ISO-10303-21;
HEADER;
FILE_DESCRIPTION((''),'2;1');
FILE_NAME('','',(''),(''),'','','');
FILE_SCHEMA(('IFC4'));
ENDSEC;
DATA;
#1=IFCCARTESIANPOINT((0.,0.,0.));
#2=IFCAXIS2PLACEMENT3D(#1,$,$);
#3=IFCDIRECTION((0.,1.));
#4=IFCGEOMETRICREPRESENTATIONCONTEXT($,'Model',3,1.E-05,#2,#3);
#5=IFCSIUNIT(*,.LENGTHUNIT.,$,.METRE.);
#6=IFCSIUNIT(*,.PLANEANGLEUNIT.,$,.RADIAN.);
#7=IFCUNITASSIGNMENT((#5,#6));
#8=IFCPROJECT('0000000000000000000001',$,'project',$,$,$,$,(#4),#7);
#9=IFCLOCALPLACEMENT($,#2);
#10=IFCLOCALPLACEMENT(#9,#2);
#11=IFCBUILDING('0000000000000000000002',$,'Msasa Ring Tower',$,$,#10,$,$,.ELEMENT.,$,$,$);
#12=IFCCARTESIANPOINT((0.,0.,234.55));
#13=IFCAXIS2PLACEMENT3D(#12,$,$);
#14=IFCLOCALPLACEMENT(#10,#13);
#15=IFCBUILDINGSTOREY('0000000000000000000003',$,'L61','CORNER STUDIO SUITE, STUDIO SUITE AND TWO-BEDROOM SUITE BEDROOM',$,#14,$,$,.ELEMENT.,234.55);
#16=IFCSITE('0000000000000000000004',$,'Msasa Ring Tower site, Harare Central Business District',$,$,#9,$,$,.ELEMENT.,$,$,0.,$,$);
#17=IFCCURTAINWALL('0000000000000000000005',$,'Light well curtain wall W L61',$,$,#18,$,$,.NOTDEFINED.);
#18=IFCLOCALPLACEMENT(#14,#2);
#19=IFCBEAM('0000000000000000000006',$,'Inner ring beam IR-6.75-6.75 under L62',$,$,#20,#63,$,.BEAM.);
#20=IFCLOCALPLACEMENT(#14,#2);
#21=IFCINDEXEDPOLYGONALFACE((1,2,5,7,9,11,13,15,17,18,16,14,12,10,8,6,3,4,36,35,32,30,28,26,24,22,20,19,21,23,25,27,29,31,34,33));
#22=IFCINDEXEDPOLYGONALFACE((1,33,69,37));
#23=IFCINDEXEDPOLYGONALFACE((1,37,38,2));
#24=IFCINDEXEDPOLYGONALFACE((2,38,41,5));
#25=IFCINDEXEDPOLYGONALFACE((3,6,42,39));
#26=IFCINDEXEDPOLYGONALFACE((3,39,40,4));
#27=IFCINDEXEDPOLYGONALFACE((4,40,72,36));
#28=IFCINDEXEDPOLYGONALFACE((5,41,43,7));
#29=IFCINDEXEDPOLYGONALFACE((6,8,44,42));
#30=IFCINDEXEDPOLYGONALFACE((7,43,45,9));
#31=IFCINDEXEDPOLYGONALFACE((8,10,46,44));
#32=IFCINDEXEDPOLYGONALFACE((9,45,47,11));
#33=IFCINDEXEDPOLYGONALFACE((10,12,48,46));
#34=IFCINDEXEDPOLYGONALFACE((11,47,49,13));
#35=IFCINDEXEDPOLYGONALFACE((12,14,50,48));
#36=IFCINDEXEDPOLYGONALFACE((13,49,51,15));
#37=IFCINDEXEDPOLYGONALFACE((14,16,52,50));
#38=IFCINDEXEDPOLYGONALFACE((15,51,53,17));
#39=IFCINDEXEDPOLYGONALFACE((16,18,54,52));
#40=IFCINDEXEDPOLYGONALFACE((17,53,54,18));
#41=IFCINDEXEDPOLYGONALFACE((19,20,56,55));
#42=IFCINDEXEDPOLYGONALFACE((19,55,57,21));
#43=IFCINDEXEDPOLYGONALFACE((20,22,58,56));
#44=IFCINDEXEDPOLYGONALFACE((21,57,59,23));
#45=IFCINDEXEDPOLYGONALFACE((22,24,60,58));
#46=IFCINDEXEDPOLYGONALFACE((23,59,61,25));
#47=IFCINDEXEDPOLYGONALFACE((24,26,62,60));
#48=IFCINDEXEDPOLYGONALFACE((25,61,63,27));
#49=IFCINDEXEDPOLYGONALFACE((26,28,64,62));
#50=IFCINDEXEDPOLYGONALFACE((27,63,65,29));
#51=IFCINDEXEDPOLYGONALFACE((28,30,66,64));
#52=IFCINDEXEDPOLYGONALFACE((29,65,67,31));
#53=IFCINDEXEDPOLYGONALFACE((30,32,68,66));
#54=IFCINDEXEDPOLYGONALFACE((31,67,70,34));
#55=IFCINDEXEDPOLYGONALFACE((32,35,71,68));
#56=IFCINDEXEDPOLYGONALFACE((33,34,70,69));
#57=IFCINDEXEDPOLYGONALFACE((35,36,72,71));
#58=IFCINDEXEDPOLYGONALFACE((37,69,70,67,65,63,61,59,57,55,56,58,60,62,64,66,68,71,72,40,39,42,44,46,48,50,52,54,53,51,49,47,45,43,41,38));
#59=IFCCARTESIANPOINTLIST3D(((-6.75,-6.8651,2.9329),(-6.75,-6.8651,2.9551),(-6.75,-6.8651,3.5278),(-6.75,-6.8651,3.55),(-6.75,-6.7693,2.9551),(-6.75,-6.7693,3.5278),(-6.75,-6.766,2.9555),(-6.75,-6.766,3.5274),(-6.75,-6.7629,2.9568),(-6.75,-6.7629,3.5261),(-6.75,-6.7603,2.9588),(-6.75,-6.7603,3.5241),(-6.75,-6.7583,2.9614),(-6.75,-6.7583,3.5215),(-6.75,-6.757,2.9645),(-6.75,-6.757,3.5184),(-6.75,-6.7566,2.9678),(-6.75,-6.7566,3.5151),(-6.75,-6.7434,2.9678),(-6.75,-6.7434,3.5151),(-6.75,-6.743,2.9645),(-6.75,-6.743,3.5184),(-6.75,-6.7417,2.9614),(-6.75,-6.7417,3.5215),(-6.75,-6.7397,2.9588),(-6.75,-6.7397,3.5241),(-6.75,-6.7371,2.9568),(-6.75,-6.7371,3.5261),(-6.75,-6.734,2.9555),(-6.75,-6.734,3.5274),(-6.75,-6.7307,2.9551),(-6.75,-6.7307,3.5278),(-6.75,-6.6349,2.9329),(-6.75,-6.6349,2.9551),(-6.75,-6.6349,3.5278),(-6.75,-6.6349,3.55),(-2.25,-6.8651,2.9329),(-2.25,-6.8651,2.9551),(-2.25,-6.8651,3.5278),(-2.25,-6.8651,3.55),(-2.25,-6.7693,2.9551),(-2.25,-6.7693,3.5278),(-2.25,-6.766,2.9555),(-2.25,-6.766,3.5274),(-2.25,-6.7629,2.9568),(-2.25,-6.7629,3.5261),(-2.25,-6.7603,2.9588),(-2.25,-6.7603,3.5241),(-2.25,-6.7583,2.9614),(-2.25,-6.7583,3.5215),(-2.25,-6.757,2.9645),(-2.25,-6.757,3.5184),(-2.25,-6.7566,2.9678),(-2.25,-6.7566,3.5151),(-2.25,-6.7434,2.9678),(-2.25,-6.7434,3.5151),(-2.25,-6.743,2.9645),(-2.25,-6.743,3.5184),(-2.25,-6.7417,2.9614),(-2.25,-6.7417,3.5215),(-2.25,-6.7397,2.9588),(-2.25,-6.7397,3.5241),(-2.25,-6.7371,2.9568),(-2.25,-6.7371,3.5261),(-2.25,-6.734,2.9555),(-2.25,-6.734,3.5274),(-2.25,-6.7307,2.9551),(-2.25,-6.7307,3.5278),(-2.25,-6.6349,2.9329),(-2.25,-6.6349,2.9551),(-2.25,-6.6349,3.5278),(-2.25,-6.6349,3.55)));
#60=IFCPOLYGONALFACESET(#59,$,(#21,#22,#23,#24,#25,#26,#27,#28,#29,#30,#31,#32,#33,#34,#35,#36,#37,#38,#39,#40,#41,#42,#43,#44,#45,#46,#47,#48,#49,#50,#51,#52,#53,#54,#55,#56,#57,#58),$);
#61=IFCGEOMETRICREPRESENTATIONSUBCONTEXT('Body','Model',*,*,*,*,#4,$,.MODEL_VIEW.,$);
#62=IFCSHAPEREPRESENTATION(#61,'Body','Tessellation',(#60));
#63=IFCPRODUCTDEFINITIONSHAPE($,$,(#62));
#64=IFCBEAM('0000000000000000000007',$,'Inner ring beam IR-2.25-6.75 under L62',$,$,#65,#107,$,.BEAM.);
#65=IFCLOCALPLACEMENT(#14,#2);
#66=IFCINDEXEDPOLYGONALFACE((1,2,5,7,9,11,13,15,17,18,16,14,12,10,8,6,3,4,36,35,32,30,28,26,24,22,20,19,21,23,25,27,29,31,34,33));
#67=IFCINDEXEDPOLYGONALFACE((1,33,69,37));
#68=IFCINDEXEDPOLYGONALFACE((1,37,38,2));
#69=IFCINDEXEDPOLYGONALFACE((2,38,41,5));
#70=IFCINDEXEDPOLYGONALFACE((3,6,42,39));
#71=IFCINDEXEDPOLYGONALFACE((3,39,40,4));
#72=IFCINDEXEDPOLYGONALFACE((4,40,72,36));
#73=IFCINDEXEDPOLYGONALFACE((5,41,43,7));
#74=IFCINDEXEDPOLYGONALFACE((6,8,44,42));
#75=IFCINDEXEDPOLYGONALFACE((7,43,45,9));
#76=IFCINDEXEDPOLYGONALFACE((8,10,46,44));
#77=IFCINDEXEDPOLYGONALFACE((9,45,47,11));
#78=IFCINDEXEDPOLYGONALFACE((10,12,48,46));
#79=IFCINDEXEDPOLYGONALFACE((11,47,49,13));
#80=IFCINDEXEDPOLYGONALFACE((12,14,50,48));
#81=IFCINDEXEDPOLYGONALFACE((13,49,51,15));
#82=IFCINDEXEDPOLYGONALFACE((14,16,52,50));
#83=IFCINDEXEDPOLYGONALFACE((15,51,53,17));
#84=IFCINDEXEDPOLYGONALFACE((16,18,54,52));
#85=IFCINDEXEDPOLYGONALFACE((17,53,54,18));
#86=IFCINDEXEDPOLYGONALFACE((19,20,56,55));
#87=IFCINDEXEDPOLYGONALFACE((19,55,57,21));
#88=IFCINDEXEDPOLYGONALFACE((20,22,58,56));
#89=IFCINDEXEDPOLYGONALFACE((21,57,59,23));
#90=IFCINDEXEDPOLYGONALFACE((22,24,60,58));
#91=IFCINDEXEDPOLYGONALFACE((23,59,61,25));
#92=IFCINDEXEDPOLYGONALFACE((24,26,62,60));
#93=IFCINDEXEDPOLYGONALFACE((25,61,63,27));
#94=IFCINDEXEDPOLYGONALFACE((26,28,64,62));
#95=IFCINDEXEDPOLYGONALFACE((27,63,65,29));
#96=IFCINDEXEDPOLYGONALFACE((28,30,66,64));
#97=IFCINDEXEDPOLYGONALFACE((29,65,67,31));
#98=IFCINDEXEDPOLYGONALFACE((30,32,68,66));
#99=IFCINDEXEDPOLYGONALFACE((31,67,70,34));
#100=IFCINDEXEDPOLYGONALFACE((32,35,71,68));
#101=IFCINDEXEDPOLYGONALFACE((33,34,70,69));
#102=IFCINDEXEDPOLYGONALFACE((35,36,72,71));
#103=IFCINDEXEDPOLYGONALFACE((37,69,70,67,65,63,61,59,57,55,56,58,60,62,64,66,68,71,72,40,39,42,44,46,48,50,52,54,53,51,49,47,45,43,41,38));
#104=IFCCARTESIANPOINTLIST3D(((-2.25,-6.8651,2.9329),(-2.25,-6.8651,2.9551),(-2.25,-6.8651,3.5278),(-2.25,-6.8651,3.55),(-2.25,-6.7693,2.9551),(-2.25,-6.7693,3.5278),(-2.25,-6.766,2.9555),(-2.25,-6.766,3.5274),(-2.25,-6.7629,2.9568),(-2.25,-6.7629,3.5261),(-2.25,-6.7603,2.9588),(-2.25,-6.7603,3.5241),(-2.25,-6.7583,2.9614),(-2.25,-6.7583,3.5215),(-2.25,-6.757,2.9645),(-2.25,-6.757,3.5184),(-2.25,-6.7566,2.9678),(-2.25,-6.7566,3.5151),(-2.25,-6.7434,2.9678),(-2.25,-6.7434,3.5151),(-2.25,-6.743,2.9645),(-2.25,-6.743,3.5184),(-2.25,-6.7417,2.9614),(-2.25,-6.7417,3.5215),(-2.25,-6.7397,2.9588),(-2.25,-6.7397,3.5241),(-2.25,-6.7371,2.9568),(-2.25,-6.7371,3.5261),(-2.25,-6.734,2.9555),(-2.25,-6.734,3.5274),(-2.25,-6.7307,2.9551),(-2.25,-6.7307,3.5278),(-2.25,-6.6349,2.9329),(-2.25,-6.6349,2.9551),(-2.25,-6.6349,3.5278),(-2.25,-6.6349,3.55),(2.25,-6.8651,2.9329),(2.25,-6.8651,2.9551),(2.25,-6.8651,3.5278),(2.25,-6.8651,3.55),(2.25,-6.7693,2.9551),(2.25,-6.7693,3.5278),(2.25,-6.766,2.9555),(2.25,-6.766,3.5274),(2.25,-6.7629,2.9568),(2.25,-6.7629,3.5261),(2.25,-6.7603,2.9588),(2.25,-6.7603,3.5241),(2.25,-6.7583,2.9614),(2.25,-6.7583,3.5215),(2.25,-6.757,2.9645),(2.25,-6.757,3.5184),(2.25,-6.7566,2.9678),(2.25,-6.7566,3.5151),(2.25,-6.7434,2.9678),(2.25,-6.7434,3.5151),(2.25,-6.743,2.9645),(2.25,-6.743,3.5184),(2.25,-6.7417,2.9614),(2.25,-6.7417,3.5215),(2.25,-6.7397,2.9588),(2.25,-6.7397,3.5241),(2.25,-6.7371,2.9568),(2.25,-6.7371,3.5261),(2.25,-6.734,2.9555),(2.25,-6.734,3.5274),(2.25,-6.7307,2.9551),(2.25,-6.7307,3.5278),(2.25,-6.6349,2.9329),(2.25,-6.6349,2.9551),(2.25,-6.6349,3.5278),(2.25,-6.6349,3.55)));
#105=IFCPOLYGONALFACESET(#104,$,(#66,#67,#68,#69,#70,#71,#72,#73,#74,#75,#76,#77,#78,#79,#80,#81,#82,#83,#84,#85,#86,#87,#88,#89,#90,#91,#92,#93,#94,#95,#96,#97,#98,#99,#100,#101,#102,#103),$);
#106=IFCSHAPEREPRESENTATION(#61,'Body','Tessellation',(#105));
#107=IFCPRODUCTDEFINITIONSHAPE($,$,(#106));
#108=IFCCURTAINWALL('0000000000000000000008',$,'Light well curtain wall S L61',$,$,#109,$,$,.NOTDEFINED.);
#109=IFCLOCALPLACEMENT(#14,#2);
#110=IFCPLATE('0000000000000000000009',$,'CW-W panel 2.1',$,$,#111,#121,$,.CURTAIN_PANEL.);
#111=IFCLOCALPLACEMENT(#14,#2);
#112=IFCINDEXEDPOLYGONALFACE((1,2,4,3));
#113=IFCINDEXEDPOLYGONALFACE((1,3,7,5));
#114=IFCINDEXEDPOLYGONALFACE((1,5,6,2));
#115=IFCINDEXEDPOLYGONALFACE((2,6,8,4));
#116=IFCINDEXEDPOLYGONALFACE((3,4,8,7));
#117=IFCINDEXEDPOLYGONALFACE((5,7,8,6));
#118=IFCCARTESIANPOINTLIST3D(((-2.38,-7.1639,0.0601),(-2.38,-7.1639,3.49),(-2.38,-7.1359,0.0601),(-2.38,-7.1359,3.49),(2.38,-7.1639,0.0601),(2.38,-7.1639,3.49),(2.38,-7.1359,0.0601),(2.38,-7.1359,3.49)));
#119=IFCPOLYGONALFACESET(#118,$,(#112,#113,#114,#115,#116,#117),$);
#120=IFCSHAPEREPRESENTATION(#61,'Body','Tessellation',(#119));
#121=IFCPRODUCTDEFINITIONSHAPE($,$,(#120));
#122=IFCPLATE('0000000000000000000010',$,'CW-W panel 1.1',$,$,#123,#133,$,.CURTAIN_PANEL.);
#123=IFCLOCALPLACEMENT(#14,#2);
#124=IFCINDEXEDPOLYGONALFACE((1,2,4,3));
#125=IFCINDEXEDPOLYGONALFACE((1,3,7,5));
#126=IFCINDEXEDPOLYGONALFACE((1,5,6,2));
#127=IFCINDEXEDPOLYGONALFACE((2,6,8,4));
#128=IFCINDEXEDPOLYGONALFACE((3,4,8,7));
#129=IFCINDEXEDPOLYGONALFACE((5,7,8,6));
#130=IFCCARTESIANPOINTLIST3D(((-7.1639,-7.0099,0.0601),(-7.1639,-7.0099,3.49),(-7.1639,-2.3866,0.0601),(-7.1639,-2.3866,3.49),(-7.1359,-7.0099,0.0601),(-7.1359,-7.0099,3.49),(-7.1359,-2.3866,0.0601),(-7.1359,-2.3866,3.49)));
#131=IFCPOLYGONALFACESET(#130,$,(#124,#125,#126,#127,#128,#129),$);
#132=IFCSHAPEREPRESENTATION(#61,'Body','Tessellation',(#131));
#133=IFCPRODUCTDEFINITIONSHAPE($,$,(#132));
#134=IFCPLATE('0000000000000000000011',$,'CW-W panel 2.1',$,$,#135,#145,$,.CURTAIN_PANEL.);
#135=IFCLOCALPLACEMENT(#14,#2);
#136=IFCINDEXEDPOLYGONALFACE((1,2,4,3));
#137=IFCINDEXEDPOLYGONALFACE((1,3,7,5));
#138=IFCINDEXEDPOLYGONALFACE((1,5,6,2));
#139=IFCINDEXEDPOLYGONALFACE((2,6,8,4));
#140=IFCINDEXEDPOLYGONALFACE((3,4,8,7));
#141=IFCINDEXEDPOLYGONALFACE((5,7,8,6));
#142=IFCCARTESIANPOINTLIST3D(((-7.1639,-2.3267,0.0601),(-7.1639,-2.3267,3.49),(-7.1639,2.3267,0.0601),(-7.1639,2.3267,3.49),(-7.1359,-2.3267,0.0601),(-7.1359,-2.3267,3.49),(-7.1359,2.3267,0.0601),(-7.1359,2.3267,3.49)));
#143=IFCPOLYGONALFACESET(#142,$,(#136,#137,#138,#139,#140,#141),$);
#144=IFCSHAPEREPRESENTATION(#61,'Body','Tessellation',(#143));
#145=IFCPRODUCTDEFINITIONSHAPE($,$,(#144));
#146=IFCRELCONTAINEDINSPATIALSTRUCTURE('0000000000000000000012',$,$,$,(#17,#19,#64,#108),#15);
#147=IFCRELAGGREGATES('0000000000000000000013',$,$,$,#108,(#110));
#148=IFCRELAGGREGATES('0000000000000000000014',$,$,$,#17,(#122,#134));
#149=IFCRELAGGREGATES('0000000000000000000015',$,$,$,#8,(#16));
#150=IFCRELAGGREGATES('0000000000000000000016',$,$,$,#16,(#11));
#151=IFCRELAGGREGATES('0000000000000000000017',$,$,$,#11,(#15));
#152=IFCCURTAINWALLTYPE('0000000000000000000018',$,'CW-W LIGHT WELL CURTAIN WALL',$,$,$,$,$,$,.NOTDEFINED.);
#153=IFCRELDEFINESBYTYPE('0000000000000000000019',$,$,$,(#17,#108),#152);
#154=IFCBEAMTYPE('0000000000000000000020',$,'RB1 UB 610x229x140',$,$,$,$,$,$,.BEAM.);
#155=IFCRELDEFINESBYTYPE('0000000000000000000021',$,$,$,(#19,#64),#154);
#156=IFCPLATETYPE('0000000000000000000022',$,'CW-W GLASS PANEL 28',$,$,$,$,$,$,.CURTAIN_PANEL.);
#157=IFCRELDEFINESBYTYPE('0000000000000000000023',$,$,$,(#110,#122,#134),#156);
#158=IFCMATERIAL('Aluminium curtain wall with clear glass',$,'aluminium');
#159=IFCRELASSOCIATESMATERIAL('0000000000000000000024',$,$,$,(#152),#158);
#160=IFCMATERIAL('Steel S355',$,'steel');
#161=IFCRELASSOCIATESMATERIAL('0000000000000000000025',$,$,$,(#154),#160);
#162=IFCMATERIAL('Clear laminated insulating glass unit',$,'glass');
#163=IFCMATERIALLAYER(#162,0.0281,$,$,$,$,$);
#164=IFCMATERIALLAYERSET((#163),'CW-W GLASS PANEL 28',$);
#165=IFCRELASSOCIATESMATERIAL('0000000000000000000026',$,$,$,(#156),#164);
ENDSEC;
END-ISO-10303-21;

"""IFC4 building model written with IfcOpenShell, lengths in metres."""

from ifc_helpers import new_model, si_unit, direction, frame, origin, origin_2d, place, context, subcontext, project, spatial, rectangle, i_section, extrude, material, layer, layer_set, material_profile, profile_set, type_object, element, aggregate, save


model = new_model("IFC4")

# Units and contexts
model_context = context("Model", 3, precision=1e-05, world=origin(), true_north=direction((0.0, 1.0)))
body_context = subcontext(model_context, "Body", "Model", "MODEL_VIEW")
ifc_project = project(units=[si_unit("LENGTHUNIT", "METRE"), si_unit("PLANEANGLEUNIT", "RADIAN")], contexts=[model_context])

# Site, building, storey
site_placement = place(None, origin())
site = spatial("IfcSite", under=ifc_project, at=site_placement, Name="Msasa Ring Tower site, Harare Central Business District", CompositionType="ELEMENT", RefElevation=0.0)
building_placement = place(site_placement, origin())
building = spatial("IfcBuilding", under=site, at=building_placement, Name="Msasa Ring Tower", CompositionType="ELEMENT")
storey_placement = place(building_placement, frame((0.0, 0.0, 234.55)))
storey = spatial("IfcBuildingStorey", under=building, at=storey_placement, Name="L61", Description="CORNER STUDIO SUITE, STUDIO SUITE AND TWO-BEDROOM SUITE BEDROOM", CompositionType="ELEMENT", Elevation=234.55)

# Curtain wall
ifc_material_1 = material(Name="Aluminium curtain wall with clear glass", Category="aluminium")
curtain_wall_type = type_object("IfcCurtainWallType", Name="CW-W LIGHT WELL CURTAIN WALL", PredefinedType="NOTDEFINED", material=ifc_material_1)
curtain_wall_1_placement = place(storey_placement, origin())
curtain_wall_1 = element("IfcCurtainWall", 1, at=curtain_wall_1_placement, inside=storey, type_object=curtain_wall_type, Name="Light well curtain wall W L61", PredefinedType="NOTDEFINED")

# Beams
ifc_material_2 = material(Name="Steel S355", Category="steel")
ifc_material_profile_1 = material_profile(ifc_material_2, i_section(OverallWidth=0.2302, OverallDepth=0.6172, WebThickness=0.0132, FlangeThickness=0.0222, FilletRadius=0.0127, at=origin_2d()), Name="UB 610x229x140")
ifc_profile_set_1 = profile_set([ifc_material_profile_1], Name="Steel S355")
beam_type = type_object("IfcBeamType", Name="RB1 UB 610x229x140", PredefinedType="BEAM", material=ifc_profile_set_1)
for number, where, z_axis, x_axis, name in (
    (2, (-6.75, -6.75, 3.2415), (1.0, 0.0, 0.0), (0.0, 1.0, 0.0), "Inner ring beam IR-6.75-6.75 under L62"),
    (3, (-2.25, -6.75, 3.2415), (1.0, 0.0, 0.0), (0.0, 1.0, 0.0), "Inner ring beam IR-2.25-6.75 under L62"),
):
    element("IfcBeam", number, at=place(storey_placement, frame(where, z_axis=z_axis, x_axis=x_axis)), inside=storey, type_object=beam_type, Name=name, PredefinedType="BEAM", context=body_context, shape_type="SweptSolid", body=[
        extrude(i_section(OverallWidth=0.2302, OverallDepth=0.6172, WebThickness=0.0132, FlangeThickness=0.0222, FilletRadius=0.0127, at=origin_2d()), origin(), (0.0, 0.0, 1.0), 4.5),
    ])

# Curtain wall, plate
curtain_wall_2_placement = place(storey_placement, origin())
curtain_wall_2 = element("IfcCurtainWall", 4, at=curtain_wall_2_placement, inside=storey, type_object=curtain_wall_type, Name="Light well curtain wall S L61", PredefinedType="NOTDEFINED")
ifc_material_3 = material(Name="Clear laminated insulating glass unit", Category="glass")
ifc_layer_1 = layer(ifc_material_3, 0.0281)
ifc_layer_set_1 = layer_set([ifc_layer_1], Name="CW-W GLASS PANEL 28")
plate_type = type_object("IfcPlateType", Name="CW-W GLASS PANEL 28", PredefinedType="CURTAIN_PANEL", material=ifc_layer_set_1)
plate_1_placement = place(storey_placement, frame((0.0, -7.1499, 0.0601), z_axis=(0.0, 0.0, 1.0), x_axis=(1.0, 0.0, 0.0)))
plate_1 = element("IfcPlate", 5, at=plate_1_placement, type_object=plate_type, Name="CW-W panel 2.1", PredefinedType="CURTAIN_PANEL", context=body_context, shape_type="SweptSolid", body=[
    extrude(rectangle(XDim=4.76, YDim=0.0281, at=origin_2d()), origin(), (0.0, 0.0, 1.0), 3.4299),
])
aggregate(curtain_wall_2, [plate_1])

# Plates
plate_2_placement = place(storey_placement, frame((-7.1499, -4.6982, 0.0601), z_axis=(0.0, 0.0, 1.0), x_axis=(0.0, 1.0, 0.0)))
plate_2 = element("IfcPlate", 6, at=plate_2_placement, type_object=plate_type, Name="CW-W panel 1.1", PredefinedType="CURTAIN_PANEL", context=body_context, shape_type="SweptSolid", body=[
    extrude(rectangle(XDim=4.6233, YDim=0.0281, at=origin_2d()), origin(), (0.0, 0.0, 1.0), 3.4299),
])
plate_3_placement = place(storey_placement, frame((-7.1499, 0.0, 0.0601), z_axis=(0.0, 0.0, 1.0), x_axis=(0.0, 1.0, 0.0)))
plate_3 = element("IfcPlate", 7, at=plate_3_placement, type_object=plate_type, Name="CW-W panel 2.1", PredefinedType="CURTAIN_PANEL", context=body_context, shape_type="SweptSolid", body=[
    extrude(rectangle(XDim=4.6533, YDim=0.0281, at=origin_2d()), origin(), (0.0, 0.0, 1.0), 3.4299),
])
aggregate(curtain_wall_1, [plate_2, plate_3])

save(model, "model.ifc")
